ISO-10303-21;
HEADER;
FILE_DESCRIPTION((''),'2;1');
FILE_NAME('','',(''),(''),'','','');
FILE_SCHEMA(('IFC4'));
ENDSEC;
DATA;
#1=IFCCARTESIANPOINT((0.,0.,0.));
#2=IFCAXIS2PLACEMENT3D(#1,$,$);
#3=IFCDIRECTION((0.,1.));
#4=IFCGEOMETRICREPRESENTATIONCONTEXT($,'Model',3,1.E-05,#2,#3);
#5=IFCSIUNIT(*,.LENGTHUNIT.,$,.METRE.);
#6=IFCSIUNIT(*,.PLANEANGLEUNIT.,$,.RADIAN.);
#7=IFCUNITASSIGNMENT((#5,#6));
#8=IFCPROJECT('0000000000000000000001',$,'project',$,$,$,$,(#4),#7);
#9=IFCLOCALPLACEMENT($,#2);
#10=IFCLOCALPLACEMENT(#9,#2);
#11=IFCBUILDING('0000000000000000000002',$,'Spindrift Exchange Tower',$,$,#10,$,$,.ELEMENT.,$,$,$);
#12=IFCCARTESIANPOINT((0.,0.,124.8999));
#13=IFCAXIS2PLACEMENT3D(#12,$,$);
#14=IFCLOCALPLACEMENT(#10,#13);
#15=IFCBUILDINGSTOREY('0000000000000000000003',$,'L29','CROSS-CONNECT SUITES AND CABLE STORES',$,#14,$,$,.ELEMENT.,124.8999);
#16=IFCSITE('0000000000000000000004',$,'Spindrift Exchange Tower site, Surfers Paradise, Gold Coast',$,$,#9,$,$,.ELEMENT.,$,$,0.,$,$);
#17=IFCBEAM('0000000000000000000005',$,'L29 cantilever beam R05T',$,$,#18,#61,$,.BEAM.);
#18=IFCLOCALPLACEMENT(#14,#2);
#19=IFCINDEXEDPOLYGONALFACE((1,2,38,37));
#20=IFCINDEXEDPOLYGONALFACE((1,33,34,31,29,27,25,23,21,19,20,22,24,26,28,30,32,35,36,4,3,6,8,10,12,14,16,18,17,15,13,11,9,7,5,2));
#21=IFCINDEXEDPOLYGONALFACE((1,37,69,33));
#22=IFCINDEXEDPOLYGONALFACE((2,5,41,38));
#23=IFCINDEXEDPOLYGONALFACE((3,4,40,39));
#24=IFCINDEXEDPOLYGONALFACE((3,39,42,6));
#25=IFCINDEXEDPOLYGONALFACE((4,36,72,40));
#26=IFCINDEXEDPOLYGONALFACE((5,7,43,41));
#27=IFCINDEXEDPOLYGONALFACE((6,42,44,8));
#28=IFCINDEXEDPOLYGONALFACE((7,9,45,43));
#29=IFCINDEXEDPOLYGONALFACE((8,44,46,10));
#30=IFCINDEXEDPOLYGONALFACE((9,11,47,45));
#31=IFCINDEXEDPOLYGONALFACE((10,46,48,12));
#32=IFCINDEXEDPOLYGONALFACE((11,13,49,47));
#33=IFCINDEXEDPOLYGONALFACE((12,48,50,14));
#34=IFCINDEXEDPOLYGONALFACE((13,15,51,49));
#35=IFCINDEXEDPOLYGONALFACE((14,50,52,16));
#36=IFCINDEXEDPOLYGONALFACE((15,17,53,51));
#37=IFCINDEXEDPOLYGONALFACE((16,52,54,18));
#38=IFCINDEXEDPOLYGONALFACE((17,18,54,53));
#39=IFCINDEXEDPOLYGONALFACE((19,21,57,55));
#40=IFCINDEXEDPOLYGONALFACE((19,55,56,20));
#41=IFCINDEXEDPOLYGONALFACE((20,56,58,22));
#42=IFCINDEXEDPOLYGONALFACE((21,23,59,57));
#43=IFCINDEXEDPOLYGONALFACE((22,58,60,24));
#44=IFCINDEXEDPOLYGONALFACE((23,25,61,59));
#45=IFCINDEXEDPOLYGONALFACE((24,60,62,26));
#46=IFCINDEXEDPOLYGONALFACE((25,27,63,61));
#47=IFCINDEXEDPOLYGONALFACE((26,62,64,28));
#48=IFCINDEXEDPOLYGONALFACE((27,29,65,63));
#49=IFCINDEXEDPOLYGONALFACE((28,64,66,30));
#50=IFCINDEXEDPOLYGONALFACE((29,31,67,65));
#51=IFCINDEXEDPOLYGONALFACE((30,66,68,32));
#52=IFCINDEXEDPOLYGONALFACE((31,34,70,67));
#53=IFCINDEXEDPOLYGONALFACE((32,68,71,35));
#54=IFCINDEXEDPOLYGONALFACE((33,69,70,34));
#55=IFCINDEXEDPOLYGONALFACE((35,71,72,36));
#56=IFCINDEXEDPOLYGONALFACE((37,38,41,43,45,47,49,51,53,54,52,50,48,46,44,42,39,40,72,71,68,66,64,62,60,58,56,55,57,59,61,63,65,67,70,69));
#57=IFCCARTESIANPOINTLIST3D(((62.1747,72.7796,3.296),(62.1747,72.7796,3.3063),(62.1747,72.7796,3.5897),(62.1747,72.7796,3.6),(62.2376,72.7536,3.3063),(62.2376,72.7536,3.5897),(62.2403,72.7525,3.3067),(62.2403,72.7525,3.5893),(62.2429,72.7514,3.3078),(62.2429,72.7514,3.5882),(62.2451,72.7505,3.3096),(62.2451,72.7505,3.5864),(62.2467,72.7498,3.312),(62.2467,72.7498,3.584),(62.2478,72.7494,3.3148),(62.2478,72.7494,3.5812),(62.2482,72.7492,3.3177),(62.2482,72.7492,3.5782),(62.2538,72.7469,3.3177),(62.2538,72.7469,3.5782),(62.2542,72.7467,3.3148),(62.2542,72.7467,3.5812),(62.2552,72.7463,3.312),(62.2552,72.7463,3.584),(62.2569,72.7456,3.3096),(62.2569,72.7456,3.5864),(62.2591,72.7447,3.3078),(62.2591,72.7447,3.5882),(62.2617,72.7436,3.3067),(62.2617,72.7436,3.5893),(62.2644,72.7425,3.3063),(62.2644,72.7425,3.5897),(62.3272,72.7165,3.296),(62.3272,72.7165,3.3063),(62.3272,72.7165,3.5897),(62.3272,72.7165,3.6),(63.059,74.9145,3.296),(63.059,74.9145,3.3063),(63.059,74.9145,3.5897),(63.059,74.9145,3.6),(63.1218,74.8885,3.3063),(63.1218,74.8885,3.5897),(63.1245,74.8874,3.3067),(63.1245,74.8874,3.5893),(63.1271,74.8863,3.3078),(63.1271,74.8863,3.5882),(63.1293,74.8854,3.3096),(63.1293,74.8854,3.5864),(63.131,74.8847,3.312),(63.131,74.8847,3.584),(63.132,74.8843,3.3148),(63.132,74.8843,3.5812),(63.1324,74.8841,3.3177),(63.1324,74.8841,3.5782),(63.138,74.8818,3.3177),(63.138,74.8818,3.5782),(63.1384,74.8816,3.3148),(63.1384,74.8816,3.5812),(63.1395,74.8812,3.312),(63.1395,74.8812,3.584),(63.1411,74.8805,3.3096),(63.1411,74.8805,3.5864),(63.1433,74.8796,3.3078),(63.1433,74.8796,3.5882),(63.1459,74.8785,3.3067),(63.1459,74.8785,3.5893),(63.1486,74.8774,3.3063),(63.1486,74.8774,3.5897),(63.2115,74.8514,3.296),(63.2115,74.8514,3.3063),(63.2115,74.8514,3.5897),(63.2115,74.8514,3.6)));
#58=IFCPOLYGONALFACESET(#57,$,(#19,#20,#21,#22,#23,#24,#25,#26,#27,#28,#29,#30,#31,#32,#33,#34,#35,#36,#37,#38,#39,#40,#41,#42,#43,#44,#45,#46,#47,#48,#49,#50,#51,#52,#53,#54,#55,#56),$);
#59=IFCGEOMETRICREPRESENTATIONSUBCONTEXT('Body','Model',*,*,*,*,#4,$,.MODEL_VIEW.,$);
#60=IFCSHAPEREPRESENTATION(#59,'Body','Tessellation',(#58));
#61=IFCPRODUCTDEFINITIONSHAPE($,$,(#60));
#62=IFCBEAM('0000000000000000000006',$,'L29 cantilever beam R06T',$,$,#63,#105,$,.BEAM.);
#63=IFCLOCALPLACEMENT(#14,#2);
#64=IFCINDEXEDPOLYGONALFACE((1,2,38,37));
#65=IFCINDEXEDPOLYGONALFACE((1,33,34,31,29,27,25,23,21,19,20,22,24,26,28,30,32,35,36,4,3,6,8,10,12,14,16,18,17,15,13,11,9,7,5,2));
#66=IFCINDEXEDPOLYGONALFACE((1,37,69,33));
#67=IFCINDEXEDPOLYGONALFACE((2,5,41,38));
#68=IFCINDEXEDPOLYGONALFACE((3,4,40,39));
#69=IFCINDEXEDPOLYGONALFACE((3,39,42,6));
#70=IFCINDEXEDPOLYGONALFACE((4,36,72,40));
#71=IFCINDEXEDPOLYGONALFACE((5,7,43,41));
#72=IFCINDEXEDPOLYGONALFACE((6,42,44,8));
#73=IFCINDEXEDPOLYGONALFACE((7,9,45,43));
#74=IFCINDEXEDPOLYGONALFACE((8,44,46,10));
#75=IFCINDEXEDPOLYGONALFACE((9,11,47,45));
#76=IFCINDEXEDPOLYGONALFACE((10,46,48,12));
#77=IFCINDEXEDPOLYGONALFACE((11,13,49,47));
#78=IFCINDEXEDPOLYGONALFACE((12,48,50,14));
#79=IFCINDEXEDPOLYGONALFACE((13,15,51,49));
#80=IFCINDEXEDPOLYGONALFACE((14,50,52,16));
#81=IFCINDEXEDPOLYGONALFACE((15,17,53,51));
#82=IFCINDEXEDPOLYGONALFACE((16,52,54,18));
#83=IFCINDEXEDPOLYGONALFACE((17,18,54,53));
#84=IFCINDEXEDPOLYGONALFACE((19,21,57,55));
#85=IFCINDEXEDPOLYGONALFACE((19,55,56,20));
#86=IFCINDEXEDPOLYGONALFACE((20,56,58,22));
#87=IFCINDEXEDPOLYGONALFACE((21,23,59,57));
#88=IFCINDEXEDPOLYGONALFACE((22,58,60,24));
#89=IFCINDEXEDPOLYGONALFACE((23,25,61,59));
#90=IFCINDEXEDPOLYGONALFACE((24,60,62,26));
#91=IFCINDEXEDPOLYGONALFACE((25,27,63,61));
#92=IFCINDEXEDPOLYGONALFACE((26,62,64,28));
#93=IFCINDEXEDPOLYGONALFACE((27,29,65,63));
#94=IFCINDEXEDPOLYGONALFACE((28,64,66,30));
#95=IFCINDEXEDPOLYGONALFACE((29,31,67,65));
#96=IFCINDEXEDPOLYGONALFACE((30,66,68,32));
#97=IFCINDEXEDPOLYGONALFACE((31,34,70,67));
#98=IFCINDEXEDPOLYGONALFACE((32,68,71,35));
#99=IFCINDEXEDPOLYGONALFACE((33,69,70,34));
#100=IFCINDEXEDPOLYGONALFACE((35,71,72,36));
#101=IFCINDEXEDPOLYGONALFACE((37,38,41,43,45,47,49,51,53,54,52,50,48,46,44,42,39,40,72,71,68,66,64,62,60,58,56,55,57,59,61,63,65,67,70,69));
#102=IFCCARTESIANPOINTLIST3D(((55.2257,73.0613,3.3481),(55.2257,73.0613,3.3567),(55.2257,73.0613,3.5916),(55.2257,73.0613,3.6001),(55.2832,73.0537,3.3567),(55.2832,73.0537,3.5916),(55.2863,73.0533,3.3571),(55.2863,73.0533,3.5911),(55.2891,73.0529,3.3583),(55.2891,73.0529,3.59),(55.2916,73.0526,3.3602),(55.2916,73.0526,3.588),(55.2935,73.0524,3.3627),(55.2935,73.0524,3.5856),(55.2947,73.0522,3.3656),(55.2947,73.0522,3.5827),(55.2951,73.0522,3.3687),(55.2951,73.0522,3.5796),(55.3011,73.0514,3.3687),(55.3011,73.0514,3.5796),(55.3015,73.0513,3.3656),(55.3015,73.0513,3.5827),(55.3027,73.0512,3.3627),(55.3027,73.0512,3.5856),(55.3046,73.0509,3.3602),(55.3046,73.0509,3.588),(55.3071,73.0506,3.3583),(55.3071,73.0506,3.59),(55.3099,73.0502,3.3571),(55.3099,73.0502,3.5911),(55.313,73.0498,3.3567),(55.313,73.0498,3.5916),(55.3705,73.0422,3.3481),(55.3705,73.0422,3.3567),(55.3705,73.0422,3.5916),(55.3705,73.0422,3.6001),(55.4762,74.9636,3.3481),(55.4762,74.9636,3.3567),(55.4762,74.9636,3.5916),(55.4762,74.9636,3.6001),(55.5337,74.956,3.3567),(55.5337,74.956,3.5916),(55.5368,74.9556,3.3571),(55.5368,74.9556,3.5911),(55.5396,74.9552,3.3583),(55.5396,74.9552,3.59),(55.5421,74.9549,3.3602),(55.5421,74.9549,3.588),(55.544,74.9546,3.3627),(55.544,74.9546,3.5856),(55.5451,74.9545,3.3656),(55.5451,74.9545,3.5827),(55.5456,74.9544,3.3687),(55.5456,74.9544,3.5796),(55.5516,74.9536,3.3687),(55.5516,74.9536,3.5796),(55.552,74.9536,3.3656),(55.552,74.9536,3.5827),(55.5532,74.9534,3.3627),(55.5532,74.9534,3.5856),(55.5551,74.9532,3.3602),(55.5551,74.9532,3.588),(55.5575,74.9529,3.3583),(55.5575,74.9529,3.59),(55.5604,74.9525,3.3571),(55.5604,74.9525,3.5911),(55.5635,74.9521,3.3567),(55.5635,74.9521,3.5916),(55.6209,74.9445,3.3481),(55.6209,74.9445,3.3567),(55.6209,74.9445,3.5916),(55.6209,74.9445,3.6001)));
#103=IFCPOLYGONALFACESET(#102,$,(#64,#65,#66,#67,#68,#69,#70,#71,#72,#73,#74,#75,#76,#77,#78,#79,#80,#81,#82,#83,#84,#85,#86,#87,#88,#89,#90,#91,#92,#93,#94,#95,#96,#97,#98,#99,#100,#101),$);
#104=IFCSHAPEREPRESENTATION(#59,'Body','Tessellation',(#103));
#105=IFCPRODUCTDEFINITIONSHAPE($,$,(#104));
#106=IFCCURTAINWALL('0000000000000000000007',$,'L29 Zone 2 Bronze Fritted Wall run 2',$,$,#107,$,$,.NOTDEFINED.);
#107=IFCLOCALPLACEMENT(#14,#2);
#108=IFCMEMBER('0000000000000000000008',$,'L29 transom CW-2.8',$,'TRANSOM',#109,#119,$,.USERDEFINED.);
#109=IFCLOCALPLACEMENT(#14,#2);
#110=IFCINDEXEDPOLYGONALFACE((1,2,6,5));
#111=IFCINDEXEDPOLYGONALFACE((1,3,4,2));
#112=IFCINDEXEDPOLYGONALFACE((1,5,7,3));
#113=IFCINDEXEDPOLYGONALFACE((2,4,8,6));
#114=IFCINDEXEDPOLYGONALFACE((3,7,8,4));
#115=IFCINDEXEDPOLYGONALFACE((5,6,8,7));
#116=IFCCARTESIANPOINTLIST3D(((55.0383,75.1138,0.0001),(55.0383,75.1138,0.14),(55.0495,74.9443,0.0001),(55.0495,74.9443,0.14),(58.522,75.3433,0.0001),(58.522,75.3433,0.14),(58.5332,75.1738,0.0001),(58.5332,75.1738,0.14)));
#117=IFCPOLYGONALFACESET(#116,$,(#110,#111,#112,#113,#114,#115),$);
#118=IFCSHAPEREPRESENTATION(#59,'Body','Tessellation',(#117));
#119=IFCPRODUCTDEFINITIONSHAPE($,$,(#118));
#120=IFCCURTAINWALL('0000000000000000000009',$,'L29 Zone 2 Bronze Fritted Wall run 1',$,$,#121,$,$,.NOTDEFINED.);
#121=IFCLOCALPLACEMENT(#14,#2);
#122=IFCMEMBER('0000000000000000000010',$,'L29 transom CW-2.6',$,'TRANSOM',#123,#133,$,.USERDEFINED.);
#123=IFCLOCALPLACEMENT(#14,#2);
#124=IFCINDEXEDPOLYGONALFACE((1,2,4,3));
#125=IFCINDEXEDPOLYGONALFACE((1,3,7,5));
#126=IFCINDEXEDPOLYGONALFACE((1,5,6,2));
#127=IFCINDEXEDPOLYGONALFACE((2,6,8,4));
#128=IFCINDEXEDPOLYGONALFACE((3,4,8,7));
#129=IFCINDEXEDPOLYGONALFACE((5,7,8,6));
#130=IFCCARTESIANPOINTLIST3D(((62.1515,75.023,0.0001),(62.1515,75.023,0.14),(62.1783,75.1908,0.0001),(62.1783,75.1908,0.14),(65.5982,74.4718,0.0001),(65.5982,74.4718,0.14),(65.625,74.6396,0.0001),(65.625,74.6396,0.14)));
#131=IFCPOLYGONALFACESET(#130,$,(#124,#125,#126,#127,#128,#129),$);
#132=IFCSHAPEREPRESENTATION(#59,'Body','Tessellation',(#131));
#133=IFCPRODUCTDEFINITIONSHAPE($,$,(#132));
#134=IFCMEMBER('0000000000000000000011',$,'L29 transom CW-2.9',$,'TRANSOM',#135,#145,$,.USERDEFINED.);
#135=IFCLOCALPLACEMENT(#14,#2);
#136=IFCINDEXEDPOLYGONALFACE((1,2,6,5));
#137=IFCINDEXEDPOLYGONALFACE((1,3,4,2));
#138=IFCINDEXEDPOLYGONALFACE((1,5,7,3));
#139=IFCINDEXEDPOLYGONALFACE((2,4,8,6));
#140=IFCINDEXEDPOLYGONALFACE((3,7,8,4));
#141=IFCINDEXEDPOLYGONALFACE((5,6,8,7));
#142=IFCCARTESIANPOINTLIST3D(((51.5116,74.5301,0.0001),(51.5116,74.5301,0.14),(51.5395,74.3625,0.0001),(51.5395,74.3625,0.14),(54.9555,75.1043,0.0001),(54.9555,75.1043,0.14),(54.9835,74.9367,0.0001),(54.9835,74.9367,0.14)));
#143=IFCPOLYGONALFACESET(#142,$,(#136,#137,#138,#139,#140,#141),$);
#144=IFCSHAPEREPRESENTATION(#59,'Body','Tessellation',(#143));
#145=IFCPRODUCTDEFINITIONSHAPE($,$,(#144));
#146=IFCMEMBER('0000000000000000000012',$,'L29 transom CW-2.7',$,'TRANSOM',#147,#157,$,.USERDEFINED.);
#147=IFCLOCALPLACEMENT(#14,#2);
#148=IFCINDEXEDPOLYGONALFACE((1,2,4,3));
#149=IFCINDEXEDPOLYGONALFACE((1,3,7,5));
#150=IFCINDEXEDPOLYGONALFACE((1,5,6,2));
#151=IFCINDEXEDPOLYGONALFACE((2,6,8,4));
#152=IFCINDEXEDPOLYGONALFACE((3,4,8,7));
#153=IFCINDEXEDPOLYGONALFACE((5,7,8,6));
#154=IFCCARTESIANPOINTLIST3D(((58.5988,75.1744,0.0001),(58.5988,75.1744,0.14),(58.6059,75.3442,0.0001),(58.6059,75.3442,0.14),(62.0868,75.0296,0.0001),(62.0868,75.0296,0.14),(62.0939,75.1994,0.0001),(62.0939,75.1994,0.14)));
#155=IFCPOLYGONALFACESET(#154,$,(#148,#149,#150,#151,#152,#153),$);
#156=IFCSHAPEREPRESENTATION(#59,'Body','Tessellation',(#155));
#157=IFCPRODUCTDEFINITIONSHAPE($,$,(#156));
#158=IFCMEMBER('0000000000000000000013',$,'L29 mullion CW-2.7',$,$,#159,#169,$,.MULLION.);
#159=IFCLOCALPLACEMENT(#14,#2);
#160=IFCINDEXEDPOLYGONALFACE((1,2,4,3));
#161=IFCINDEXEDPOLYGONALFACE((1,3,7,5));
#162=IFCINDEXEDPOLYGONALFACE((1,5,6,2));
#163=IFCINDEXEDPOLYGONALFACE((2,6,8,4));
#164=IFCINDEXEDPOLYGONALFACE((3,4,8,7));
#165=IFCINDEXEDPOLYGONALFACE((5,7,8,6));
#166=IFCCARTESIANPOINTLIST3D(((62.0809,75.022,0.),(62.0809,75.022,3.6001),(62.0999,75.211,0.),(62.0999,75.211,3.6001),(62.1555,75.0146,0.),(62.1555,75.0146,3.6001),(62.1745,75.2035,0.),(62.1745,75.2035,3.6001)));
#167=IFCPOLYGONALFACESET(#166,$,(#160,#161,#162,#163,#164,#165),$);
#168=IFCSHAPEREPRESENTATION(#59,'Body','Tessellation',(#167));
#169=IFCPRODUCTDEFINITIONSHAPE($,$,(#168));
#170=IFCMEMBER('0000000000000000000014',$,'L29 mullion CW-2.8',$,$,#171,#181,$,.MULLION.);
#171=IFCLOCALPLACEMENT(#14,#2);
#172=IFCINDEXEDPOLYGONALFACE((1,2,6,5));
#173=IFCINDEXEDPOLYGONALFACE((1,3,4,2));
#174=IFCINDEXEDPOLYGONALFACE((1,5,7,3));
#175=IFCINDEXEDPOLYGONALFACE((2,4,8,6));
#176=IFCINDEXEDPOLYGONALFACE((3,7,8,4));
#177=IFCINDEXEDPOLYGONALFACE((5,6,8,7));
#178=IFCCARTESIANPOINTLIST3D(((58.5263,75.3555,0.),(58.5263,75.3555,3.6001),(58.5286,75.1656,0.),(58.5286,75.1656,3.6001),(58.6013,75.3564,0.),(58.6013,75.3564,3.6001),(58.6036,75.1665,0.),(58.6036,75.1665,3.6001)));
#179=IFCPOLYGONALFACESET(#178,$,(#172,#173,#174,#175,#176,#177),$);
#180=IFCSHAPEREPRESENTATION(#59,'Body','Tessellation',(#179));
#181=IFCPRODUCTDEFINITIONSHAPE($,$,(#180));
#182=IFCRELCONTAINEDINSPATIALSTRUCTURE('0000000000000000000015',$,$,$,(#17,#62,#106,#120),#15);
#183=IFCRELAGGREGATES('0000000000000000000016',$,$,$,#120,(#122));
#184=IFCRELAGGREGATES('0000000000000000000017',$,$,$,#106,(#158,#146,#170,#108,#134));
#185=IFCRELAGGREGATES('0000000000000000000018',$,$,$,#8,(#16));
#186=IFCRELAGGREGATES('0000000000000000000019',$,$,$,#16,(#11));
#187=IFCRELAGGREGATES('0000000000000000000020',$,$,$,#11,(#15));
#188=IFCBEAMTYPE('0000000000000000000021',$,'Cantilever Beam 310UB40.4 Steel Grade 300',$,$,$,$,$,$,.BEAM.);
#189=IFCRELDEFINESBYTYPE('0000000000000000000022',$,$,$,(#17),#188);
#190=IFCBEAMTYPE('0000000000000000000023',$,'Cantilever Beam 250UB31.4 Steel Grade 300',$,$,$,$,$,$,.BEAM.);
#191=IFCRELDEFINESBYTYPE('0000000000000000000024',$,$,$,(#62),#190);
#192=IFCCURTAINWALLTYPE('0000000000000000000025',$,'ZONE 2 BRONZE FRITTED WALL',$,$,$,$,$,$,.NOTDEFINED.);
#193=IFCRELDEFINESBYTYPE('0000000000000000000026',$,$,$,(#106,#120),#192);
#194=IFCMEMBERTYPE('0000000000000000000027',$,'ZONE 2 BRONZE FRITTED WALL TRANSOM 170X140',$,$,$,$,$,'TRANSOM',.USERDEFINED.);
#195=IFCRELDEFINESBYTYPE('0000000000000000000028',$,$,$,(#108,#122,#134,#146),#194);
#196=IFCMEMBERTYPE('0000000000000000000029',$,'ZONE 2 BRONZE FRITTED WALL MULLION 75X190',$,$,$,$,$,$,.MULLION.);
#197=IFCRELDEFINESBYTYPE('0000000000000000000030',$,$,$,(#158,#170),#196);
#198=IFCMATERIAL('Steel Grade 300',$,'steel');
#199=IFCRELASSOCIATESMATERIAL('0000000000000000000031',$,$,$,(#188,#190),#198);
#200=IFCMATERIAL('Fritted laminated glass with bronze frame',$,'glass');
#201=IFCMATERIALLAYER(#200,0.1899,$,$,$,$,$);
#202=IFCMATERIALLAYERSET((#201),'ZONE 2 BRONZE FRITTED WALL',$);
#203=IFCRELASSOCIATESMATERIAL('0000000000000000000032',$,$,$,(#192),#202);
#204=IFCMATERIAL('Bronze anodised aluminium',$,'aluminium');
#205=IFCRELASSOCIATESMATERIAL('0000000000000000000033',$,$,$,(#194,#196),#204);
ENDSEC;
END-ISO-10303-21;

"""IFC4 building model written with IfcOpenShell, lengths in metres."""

from ifc_helpers import new_model, si_unit, direction, frame, origin, origin_2d, place, context, subcontext, project, spatial, rectangle, i_section, extrude, source, transform, mapped, material, layer, layer_set, material_profile, profile_set, type_object, element, aggregate, save


model = new_model("IFC4")

# Units and contexts
model_context = context("Model", 3, precision=1e-05, world=origin(), true_north=direction((0.0, 1.0)))
body_context = subcontext(model_context, "Body", "Model", "MODEL_VIEW")
ifc_project = project(units=[si_unit("LENGTHUNIT", "METRE"), si_unit("PLANEANGLEUNIT", "RADIAN")], contexts=[model_context])

# Site, building, storey
site_placement = place(None, origin())
site = spatial("IfcSite", under=ifc_project, at=site_placement, Name="Spindrift Exchange Tower site, Surfers Paradise, Gold Coast", CompositionType="ELEMENT", RefElevation=0.0)
building_placement = place(site_placement, origin())
building = spatial("IfcBuilding", under=site, at=building_placement, Name="Spindrift Exchange Tower", CompositionType="ELEMENT")
storey_placement = place(building_placement, frame((0.0, 0.0, 124.8999)))
storey = spatial("IfcBuildingStorey", under=building, at=storey_placement, Name="L29", Description="CROSS-CONNECT SUITES AND CABLE STORES", CompositionType="ELEMENT", Elevation=124.8999)

# Beams
ifc_material_1 = material(Name="Steel Grade 300", Category="steel")
ifc_material_profile_1 = material_profile(ifc_material_1, i_section(OverallWidth=0.165, OverallDepth=0.304, WebThickness=0.0061, FlangeThickness=0.0103, FilletRadius=0.0115, at=origin_2d()), Name="310UB40.4")
ifc_profile_set_1 = profile_set([ifc_material_profile_1], Name="Steel Grade 300")
beam_type_1 = type_object("IfcBeamType", Name="Cantilever Beam 310UB40.4 Steel Grade 300", PredefinedType="BEAM", material=ifc_profile_set_1)
shared_shape_1 = source(origin(), body_context, "Body", "SweptSolid", [
    extrude(i_section(OverallWidth=0.165, OverallDepth=0.304, WebThickness=0.0061, FlangeThickness=0.0103, FilletRadius=0.0115, at=origin_2d()), origin(), (0.0, 0.0, 1.0), 2.3108),
])
beam_1_placement = place(storey_placement, frame((62.251, 72.748, 3.448), z_axis=(0.382657, 0.923891, 0.0), x_axis=(-0.923891, 0.382657, 0.0)))
element("IfcBeam", 1, at=beam_1_placement, inside=storey, type_object=beam_type_1, Name="L29 cantilever beam R05T", PredefinedType="BEAM", context=body_context, shape_type="MappedRepresentation", body=[
    mapped(shared_shape_1, transform((0.0, 0.0, 0.0), scale=1.0)),
])
ifc_material_profile_2 = material_profile(ifc_material_1, i_section(OverallWidth=0.146, OverallDepth=0.252, WebThickness=0.0061, FlangeThickness=0.0085, FilletRadius=0.012, at=origin_2d()), Name="250UB31.4")
ifc_profile_set_2 = profile_set([ifc_material_profile_2], Name="Steel Grade 300")
beam_type_2 = type_object("IfcBeamType", Name="Cantilever Beam 250UB31.4 Steel Grade 300", PredefinedType="BEAM", material=ifc_profile_set_2)
shared_shape_2 = source(origin(), body_context, "Body", "SweptSolid", [
    extrude(i_section(OverallWidth=0.146, OverallDepth=0.252, WebThickness=0.0061, FlangeThickness=0.0085, FilletRadius=0.012, at=origin_2d()), origin(), (0.0, 0.0, 1.0), 1.9187),
])
beam_2_placement = place(storey_placement, frame((55.2981, 73.0518, 3.4741), z_axis=(0.130547, 0.991442, 0.0), x_axis=(-0.991442, 0.130547, 0.0)))
element("IfcBeam", 2, at=beam_2_placement, inside=storey, type_object=beam_type_2, Name="L29 cantilever beam R06T", PredefinedType="BEAM", context=body_context, shape_type="MappedRepresentation", body=[
    mapped(shared_shape_2, transform((0.0, 0.0, 0.0), scale=1.0)),
])

# Curtain walls, members
ifc_material_2 = material(Name="Fritted laminated glass with bronze frame", Category="glass")
ifc_layer_1 = layer(ifc_material_2, 0.1899)
ifc_layer_set_1 = layer_set([ifc_layer_1], Name="ZONE 2 BRONZE FRITTED WALL")
curtain_wall_type = type_object("IfcCurtainWallType", Name="ZONE 2 BRONZE FRITTED WALL", PredefinedType="NOTDEFINED", material=ifc_layer_set_1)
curtain_wall_1_placement = place(storey_placement, origin())
curtain_wall_1 = element("IfcCurtainWall", 3, at=curtain_wall_1_placement, inside=storey, type_object=curtain_wall_type, Name="L29 Zone 2 Bronze Fritted Wall run 2", PredefinedType="NOTDEFINED")
ifc_material_3 = material(Name="Bronze anodised aluminium", Category="aluminium")
ifc_material_profile_3 = material_profile(ifc_material_3, rectangle(XDim=0.1699, YDim=0.1399, at=origin_2d()), Name="ZONE 2 BRONZE FRITTED WALL TRANSOM 170X140")
ifc_profile_set_3 = profile_set([ifc_material_profile_3], Name="Bronze anodised aluminium")
member_type_1 = type_object("IfcMemberType", Name="ZONE 2 BRONZE FRITTED WALL TRANSOM 170X140", ElementType="TRANSOM", PredefinedType="USERDEFINED", material=ifc_profile_set_3)
shared_shape_3 = source(origin(), body_context, "Body", "SweptSolid", [
    extrude(rectangle(XDim=0.1699, YDim=0.1399, at=origin_2d()), origin(), (0.0, 0.0, 1.0), 3.4912),
])
member_1_placement = place(storey_placement, frame((58.5276, 75.2585, 0.0701), z_axis=(-0.997837, -0.065735, 0.0), x_axis=(0.065735, -0.997837, 0.0)))
member_1 = element("IfcMember", 4, at=member_1_placement, type_object=member_type_1, Name="L29 transom CW-2.8", ObjectType="TRANSOM", PredefinedType="USERDEFINED", context=body_context, shape_type="MappedRepresentation", body=[
    mapped(shared_shape_3, transform((0.0, 0.0, 0.0), scale=1.0)),
])
curtain_wall_2_placement = place(storey_placement, origin())
curtain_wall_2 = element("IfcCurtainWall", 5, at=curtain_wall_2_placement, inside=storey, type_object=curtain_wall_type, Name="L29 Zone 2 Bronze Fritted Wall run 1", PredefinedType="NOTDEFINED")
shared_shape_4 = source(origin(), body_context, "Body", "SweptSolid", [
    extrude(rectangle(XDim=0.1699, YDim=0.1399, at=origin_2d()), origin(), (0.0, 0.0, 1.0), 3.4905),
])
member_2_placement = place(storey_placement, frame((65.6116, 74.5557, 0.0701), z_axis=(-0.98745, 0.15793, 0.0), x_axis=(-0.15793, -0.98745, 0.0)))
member_2 = element("IfcMember", 6, at=member_2_placement, type_object=member_type_1, Name="L29 transom CW-2.6", ObjectType="TRANSOM", PredefinedType="USERDEFINED", context=body_context, shape_type="MappedRepresentation", body=[
    mapped(shared_shape_4, transform((0.0, 0.0, 0.0), scale=1.0)),
])

# Members
shared_shape_5 = source(origin(), body_context, "Body", "SweptSolid", [
    extrude(rectangle(XDim=0.1699, YDim=0.1399, at=origin_2d()), origin(), (0.0, 0.0, 1.0), 3.4915),
])
member_3_placement = place(storey_placement, frame((54.9695, 75.0205, 0.0701), z_axis=(-0.986383, -0.164467, 0.0), x_axis=(0.164467, -0.986383, 0.0)))
member_3 = element("IfcMember", 7, at=member_3_placement, type_object=member_type_1, Name="L29 transom CW-2.9", ObjectType="TRANSOM", PredefinedType="USERDEFINED", context=body_context, shape_type="MappedRepresentation", body=[
    mapped(shared_shape_5, transform((0.0, 0.0, 0.0), scale=1.0)),
])
shared_shape_6 = source(origin(), body_context, "Body", "SweptSolid", [
    extrude(rectangle(XDim=0.1699, YDim=0.1399, at=origin_2d()), origin(), (0.0, 0.0, 1.0), 3.491),
])
member_4_placement = place(storey_placement, frame((62.0903, 75.1145, 0.0701), z_axis=(-0.99914, 0.041471, 0.0), x_axis=(-0.041471, -0.99914, 0.0)))
member_4 = element("IfcMember", 8, at=member_4_placement, type_object=member_type_1, Name="L29 transom CW-2.7", ObjectType="TRANSOM", PredefinedType="USERDEFINED", context=body_context, shape_type="MappedRepresentation", body=[
    mapped(shared_shape_6, transform((0.0, 0.0, 0.0), scale=1.0)),
])
ifc_material_profile_4 = material_profile(ifc_material_3, rectangle(XDim=0.075, YDim=0.1899, at=origin_2d()), Name="ZONE 2 BRONZE FRITTED WALL MULLION 75X190")
ifc_profile_set_4 = profile_set([ifc_material_profile_4], Name="Bronze anodised aluminium")
member_type_2 = type_object("IfcMemberType", Name="ZONE 2 BRONZE FRITTED WALL MULLION 75X190", PredefinedType="MULLION", material=ifc_profile_set_4)
shared_shape_7 = source(origin(), body_context, "Body", "SweptSolid", [
    extrude(rectangle(XDim=0.075, YDim=0.1899, at=origin_2d()), origin(), (0.0, 0.0, 1.0), 3.6001),
])
member_5_placement = place(storey_placement, frame((62.1277, 75.1128, 0.0), z_axis=(0.0, 0.0, 1.0), x_axis=(-0.994997, 0.099903, 0.0)))
member_5 = element("IfcMember", 9, at=member_5_placement, type_object=member_type_2, Name="L29 mullion CW-2.7", PredefinedType="MULLION", context=body_context, shape_type="MappedRepresentation", body=[
    mapped(shared_shape_7, transform((0.0, 0.0, 0.0), scale=1.0)),
])
member_6_placement = place(storey_placement, frame((58.5649, 75.261, 0.0), z_axis=(0.0, 0.0, 1.0), x_axis=(-0.999927, -0.012117, 0.0)))
member_6 = element("IfcMember", 10, at=member_6_placement, type_object=member_type_2, Name="L29 mullion CW-2.8", PredefinedType="MULLION", context=body_context, shape_type="MappedRepresentation", body=[
    mapped(shared_shape_7, transform((0.0, 0.0, 0.0), scale=1.0)),
])

aggregate(curtain_wall_2, [member_2])
aggregate(curtain_wall_1, [member_5, member_4, member_6, member_1, member_3])

save(model, "model.ifc")
